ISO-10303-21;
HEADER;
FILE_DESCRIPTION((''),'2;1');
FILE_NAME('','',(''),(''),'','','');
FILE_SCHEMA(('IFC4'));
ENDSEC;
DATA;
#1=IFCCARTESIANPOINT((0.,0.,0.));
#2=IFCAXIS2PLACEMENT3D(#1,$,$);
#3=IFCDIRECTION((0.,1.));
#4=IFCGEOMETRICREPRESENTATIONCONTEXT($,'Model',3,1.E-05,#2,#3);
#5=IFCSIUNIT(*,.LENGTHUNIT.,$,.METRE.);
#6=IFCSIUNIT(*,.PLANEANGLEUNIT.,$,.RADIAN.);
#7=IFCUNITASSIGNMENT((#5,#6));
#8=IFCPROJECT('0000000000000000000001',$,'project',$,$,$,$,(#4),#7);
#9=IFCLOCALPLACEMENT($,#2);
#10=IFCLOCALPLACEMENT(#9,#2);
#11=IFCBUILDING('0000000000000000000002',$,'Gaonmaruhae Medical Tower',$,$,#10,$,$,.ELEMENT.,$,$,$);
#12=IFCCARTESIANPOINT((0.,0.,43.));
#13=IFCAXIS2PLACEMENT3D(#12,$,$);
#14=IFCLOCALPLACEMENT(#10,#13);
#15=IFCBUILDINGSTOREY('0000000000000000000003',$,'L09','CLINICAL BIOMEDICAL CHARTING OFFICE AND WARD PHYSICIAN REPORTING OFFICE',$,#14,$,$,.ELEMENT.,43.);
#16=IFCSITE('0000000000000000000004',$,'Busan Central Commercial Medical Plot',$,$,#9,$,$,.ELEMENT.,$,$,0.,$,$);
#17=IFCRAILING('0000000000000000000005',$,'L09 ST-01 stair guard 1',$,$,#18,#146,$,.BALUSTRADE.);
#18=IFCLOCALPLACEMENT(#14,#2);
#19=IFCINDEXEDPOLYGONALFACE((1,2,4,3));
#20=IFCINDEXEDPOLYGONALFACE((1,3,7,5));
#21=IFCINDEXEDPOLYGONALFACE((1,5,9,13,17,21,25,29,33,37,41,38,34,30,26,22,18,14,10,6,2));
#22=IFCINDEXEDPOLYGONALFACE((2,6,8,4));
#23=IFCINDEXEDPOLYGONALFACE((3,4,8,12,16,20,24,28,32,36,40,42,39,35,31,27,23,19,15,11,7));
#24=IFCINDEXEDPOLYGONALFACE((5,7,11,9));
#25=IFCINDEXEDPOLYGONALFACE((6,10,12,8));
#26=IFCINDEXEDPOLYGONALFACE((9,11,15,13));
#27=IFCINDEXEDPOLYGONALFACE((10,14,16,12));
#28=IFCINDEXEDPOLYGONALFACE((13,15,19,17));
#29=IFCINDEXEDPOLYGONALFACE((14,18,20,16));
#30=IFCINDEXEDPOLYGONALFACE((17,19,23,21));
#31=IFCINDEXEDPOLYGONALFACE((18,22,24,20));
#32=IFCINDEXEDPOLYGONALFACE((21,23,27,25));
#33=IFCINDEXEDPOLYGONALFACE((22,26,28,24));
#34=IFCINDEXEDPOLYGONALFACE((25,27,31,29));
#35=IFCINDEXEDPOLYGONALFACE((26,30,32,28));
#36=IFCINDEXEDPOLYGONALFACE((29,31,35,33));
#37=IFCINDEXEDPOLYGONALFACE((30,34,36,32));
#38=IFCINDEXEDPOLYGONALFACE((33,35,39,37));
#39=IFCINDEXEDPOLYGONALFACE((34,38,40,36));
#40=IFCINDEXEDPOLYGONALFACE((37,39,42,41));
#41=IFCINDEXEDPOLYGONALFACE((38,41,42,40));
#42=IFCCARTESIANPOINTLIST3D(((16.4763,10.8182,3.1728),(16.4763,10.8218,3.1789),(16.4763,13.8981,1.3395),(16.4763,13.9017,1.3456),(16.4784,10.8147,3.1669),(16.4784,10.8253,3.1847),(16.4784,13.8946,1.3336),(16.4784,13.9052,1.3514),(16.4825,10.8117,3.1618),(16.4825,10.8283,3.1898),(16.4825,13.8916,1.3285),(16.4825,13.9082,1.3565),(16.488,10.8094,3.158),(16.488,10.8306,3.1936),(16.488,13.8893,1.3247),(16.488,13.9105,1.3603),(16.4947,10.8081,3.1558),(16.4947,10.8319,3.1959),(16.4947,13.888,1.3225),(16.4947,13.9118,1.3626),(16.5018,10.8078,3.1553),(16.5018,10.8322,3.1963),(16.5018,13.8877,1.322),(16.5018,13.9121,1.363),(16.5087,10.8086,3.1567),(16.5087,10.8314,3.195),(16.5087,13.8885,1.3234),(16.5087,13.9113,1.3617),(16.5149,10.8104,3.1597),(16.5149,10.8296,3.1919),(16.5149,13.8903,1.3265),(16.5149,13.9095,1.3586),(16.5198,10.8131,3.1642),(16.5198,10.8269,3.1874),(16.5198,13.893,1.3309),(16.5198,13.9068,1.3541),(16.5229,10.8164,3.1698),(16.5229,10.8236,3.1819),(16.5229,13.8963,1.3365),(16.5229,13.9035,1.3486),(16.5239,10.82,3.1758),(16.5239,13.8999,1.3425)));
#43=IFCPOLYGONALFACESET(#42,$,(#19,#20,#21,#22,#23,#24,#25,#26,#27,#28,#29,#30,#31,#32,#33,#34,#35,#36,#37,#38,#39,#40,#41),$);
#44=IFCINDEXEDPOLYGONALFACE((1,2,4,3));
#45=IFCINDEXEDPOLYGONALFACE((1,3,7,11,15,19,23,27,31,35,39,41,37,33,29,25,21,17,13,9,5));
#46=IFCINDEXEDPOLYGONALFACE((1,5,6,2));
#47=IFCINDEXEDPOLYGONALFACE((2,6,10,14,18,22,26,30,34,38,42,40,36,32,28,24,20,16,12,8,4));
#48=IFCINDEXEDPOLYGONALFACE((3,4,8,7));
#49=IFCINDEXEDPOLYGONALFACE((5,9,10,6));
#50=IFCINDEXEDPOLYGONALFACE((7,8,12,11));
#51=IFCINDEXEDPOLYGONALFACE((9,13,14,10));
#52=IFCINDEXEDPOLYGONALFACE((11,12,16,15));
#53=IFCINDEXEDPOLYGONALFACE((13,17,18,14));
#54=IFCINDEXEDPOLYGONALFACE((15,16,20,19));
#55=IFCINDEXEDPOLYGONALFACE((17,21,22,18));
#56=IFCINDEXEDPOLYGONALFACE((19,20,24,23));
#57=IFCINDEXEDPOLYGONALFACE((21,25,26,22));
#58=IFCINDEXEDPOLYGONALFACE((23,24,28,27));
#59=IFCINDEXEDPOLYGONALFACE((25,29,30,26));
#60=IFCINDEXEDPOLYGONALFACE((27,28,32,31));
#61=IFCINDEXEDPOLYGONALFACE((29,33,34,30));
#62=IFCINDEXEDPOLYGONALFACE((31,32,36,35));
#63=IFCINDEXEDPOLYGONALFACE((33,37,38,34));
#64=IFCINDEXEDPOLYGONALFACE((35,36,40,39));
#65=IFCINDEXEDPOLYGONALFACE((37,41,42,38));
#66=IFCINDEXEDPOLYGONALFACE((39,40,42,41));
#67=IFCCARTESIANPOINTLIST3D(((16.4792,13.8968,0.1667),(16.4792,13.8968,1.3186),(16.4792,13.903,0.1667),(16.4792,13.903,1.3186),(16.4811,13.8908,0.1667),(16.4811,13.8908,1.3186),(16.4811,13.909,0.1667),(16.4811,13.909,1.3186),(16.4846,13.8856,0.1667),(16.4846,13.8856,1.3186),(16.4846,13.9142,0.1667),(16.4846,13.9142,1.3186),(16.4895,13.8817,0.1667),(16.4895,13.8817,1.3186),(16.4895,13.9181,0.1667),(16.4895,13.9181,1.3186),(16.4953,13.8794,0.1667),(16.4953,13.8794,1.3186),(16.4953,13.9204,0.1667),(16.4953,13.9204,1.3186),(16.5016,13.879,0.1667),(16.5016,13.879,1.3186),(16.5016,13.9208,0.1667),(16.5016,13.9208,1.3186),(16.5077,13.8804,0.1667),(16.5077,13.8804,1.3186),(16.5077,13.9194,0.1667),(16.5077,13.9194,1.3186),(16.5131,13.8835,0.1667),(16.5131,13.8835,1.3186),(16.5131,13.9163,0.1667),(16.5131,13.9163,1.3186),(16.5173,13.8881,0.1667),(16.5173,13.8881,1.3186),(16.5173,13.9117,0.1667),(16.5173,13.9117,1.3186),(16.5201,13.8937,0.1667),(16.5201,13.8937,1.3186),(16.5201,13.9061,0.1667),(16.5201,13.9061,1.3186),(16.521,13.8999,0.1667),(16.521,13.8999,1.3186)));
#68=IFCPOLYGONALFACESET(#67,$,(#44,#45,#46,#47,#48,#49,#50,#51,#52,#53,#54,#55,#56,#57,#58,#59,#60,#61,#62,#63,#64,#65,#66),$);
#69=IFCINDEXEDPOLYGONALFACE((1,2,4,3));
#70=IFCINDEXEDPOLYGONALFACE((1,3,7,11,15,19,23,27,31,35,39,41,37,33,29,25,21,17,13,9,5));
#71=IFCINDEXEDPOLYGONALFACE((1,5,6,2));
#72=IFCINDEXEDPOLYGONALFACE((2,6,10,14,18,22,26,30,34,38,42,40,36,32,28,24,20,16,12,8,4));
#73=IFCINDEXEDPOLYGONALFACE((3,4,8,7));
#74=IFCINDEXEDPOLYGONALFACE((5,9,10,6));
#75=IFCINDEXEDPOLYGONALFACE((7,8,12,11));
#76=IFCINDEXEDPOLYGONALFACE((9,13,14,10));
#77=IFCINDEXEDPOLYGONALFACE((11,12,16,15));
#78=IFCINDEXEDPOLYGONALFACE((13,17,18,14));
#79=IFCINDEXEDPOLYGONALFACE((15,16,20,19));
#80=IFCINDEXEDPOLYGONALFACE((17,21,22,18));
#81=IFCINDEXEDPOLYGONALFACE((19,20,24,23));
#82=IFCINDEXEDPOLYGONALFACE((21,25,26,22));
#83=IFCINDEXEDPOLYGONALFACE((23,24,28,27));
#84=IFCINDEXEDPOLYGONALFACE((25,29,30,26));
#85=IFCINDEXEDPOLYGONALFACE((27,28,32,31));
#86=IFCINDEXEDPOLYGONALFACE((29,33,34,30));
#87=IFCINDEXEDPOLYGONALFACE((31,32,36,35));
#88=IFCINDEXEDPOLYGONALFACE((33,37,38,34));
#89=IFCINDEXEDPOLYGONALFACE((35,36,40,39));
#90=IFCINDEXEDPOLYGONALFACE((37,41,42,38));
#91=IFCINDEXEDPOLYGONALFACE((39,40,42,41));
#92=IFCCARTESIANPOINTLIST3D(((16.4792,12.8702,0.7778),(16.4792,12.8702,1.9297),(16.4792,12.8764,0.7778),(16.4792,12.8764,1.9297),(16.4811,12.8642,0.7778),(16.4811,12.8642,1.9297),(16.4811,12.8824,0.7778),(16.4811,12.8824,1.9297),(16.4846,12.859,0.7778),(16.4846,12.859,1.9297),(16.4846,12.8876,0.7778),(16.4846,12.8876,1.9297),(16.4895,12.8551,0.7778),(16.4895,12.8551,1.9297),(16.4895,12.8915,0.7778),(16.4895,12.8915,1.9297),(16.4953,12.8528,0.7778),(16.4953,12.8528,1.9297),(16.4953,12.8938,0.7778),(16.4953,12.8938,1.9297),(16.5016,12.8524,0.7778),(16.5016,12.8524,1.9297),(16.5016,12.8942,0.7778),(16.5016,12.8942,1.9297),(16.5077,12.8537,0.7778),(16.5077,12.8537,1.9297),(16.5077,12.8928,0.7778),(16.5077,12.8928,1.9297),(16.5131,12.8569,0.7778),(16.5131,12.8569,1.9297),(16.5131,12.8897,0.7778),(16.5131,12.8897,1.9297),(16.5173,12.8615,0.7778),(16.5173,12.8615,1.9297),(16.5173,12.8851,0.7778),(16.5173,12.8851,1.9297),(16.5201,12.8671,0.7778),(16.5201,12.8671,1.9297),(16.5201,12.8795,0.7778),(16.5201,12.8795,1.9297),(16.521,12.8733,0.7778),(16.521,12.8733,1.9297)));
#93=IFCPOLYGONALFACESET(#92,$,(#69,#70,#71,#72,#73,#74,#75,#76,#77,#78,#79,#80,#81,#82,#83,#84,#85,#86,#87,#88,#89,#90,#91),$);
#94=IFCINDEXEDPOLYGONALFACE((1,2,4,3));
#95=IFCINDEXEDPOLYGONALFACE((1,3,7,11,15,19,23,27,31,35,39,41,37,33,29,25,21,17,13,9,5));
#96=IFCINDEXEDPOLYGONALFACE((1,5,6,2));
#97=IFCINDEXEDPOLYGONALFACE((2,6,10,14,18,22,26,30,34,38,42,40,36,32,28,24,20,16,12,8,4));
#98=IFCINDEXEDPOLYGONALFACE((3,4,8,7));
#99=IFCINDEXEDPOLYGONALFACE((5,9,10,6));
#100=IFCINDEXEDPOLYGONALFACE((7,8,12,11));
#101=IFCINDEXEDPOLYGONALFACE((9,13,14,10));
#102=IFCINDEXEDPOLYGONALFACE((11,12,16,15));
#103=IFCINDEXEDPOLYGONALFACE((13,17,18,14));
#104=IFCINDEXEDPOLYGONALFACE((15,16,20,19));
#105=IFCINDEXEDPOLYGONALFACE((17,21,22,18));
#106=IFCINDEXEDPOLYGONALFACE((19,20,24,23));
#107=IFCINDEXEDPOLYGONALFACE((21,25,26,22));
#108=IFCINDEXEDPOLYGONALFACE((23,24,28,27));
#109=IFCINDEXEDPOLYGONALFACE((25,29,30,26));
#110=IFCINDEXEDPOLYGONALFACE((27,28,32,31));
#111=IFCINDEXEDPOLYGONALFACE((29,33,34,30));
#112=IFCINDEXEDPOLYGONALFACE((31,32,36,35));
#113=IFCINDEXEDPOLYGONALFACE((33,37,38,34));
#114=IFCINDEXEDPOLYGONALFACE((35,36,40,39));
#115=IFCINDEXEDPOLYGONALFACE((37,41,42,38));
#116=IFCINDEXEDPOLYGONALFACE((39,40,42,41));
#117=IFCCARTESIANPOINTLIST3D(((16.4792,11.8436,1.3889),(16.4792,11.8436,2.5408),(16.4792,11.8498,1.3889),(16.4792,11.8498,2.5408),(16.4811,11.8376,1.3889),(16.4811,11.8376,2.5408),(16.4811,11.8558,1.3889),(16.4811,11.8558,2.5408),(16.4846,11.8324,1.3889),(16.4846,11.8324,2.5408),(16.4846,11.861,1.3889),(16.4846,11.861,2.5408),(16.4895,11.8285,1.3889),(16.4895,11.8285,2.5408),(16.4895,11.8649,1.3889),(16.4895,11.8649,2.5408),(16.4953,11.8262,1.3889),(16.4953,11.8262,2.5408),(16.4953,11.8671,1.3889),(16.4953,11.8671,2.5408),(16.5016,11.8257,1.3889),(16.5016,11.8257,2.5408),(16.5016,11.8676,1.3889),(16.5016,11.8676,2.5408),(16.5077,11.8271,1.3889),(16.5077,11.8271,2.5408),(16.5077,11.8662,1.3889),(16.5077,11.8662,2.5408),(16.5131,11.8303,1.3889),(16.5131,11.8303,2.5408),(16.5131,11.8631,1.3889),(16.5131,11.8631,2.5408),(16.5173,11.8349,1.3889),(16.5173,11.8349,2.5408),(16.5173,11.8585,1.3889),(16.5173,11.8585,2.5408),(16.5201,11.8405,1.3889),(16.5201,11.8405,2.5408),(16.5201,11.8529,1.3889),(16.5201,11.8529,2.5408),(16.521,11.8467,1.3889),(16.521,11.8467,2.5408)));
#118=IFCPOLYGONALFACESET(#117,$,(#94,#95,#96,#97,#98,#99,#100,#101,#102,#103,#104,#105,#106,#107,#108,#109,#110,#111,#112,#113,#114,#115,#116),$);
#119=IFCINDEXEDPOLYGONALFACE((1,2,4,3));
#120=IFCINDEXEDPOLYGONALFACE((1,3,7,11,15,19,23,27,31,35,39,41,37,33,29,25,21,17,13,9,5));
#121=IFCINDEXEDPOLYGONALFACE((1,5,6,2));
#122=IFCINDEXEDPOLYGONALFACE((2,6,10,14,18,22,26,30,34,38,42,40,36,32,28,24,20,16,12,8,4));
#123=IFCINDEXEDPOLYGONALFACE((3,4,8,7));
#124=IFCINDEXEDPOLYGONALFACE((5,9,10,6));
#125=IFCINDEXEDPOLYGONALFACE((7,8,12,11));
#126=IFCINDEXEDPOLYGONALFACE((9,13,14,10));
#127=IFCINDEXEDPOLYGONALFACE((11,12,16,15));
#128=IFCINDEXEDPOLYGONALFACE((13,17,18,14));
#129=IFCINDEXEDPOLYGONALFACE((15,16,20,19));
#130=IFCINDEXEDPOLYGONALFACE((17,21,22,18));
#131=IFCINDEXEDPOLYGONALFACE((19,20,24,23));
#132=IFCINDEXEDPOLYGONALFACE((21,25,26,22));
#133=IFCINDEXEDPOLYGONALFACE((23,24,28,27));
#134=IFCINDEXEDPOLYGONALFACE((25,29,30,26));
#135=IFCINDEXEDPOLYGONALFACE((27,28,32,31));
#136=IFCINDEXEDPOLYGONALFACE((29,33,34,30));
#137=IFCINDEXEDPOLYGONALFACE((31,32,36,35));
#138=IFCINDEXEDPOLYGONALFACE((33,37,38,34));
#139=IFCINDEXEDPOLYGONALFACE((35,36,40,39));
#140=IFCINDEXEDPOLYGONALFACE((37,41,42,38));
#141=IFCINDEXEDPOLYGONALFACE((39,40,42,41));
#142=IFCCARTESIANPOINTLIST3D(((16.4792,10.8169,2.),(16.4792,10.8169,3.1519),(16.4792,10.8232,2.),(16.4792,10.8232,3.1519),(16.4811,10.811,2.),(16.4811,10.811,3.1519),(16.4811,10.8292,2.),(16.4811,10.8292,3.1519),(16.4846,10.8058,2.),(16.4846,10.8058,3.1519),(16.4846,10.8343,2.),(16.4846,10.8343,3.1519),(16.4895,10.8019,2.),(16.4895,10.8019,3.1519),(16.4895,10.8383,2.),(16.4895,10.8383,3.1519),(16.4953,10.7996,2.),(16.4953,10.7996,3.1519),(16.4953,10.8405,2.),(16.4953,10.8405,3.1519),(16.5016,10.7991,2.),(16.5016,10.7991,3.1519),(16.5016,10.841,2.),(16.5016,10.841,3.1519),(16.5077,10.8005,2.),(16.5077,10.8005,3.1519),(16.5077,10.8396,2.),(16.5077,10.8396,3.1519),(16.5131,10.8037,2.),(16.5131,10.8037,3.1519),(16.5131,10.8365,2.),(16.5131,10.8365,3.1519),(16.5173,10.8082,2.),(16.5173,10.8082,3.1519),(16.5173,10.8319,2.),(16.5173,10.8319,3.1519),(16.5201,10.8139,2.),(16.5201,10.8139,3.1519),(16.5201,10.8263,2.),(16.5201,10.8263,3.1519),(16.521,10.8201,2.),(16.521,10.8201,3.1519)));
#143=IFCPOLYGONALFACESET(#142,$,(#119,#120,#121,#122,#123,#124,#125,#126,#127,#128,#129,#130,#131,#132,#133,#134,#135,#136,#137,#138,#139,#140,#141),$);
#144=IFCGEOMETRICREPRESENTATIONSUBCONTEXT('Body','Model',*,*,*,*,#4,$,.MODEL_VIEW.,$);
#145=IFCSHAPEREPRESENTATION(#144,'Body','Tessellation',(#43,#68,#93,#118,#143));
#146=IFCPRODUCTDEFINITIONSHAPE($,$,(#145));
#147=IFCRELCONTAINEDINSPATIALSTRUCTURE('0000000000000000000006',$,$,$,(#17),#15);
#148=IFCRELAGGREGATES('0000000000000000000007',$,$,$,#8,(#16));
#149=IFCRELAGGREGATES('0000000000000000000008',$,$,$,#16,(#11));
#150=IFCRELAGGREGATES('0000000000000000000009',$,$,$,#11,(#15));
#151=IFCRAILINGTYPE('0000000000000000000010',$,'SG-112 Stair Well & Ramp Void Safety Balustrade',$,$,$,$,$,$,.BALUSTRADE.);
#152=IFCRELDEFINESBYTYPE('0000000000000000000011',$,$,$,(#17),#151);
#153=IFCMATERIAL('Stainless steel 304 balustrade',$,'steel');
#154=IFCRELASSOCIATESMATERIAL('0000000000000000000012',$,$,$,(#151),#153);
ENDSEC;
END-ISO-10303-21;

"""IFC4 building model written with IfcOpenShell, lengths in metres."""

from ifc_helpers import new_model, si_unit, direction, frame, origin, origin_2d, place, context, subcontext, project, spatial, circle, extrude, material, type_object, element, save


model = new_model("IFC4")

# Units and contexts
model_context = context("Model", 3, precision=1e-05, world=origin(), true_north=direction((0.0, 1.0)))
body_context = subcontext(model_context, "Body", "Model", "MODEL_VIEW")
ifc_project = project(units=[si_unit("LENGTHUNIT", "METRE"), si_unit("PLANEANGLEUNIT", "RADIAN")], contexts=[model_context])

# Site, building, storey
site_placement = place(None, origin())
site = spatial("IfcSite", under=ifc_project, at=site_placement, Name="Busan Central Commercial Medical Plot", CompositionType="ELEMENT", RefElevation=0.0)
building_placement = place(site_placement, origin())
building = spatial("IfcBuilding", under=site, at=building_placement, Name="Gaonmaruhae Medical Tower", CompositionType="ELEMENT")
storey_placement = place(building_placement, frame((0.0, 0.0, 43.0)))
storey = spatial("IfcBuildingStorey", under=building, at=storey_placement, Name="L09", Description="CLINICAL BIOMEDICAL CHARTING OFFICE AND WARD PHYSICIAN REPORTING OFFICE", CompositionType="ELEMENT", Elevation=43.0)

# Railing
ifc_material_1 = material(Name="Stainless steel 304 balustrade", Category="steel")
railing_type_1 = type_object("IfcRailingType", Name="SG-112 Stair Well & Ramp Void Safety Balustrade", PredefinedType="BALUSTRADE", material=ifc_material_1)
railing_1_placement = place(storey_placement, frame((16.5, 13.8999, 0.1667)))
element("IfcRailing", 1, at=railing_1_placement, inside=storey, type_object=railing_type_1, Name="L09 ST-01 stair guard 1", PredefinedType="BALUSTRADE", context=body_context, shape_type="SweptSolid", body=[
    extrude(circle(Radius=0.0239, at=origin_2d()), frame((0.0, 0.0, 1.1758), z_axis=(0.0, -0.859291, 0.511487), x_axis=(1.0, 0.0, 0.0)), (0.0, 0.0, 1.0), 3.5842),
    extrude(circle(Radius=0.021, at=origin_2d()), origin(), (0.0, 0.0, 1.0), 1.1519),
    extrude(circle(Radius=0.021, at=origin_2d()), frame((0.0, -1.0266, 0.6111)), (0.0, 0.0, 1.0), 1.1519),
    extrude(circle(Radius=0.021, at=origin_2d()), frame((0.0, -2.0532, 1.2222)), (0.0, 0.0, 1.0), 1.1519),
    extrude(circle(Radius=0.021, at=origin_2d()), frame((0.0, -3.0798, 1.8333)), (0.0, 0.0, 1.0), 1.1519),
])

save(model, "model.ifc")
